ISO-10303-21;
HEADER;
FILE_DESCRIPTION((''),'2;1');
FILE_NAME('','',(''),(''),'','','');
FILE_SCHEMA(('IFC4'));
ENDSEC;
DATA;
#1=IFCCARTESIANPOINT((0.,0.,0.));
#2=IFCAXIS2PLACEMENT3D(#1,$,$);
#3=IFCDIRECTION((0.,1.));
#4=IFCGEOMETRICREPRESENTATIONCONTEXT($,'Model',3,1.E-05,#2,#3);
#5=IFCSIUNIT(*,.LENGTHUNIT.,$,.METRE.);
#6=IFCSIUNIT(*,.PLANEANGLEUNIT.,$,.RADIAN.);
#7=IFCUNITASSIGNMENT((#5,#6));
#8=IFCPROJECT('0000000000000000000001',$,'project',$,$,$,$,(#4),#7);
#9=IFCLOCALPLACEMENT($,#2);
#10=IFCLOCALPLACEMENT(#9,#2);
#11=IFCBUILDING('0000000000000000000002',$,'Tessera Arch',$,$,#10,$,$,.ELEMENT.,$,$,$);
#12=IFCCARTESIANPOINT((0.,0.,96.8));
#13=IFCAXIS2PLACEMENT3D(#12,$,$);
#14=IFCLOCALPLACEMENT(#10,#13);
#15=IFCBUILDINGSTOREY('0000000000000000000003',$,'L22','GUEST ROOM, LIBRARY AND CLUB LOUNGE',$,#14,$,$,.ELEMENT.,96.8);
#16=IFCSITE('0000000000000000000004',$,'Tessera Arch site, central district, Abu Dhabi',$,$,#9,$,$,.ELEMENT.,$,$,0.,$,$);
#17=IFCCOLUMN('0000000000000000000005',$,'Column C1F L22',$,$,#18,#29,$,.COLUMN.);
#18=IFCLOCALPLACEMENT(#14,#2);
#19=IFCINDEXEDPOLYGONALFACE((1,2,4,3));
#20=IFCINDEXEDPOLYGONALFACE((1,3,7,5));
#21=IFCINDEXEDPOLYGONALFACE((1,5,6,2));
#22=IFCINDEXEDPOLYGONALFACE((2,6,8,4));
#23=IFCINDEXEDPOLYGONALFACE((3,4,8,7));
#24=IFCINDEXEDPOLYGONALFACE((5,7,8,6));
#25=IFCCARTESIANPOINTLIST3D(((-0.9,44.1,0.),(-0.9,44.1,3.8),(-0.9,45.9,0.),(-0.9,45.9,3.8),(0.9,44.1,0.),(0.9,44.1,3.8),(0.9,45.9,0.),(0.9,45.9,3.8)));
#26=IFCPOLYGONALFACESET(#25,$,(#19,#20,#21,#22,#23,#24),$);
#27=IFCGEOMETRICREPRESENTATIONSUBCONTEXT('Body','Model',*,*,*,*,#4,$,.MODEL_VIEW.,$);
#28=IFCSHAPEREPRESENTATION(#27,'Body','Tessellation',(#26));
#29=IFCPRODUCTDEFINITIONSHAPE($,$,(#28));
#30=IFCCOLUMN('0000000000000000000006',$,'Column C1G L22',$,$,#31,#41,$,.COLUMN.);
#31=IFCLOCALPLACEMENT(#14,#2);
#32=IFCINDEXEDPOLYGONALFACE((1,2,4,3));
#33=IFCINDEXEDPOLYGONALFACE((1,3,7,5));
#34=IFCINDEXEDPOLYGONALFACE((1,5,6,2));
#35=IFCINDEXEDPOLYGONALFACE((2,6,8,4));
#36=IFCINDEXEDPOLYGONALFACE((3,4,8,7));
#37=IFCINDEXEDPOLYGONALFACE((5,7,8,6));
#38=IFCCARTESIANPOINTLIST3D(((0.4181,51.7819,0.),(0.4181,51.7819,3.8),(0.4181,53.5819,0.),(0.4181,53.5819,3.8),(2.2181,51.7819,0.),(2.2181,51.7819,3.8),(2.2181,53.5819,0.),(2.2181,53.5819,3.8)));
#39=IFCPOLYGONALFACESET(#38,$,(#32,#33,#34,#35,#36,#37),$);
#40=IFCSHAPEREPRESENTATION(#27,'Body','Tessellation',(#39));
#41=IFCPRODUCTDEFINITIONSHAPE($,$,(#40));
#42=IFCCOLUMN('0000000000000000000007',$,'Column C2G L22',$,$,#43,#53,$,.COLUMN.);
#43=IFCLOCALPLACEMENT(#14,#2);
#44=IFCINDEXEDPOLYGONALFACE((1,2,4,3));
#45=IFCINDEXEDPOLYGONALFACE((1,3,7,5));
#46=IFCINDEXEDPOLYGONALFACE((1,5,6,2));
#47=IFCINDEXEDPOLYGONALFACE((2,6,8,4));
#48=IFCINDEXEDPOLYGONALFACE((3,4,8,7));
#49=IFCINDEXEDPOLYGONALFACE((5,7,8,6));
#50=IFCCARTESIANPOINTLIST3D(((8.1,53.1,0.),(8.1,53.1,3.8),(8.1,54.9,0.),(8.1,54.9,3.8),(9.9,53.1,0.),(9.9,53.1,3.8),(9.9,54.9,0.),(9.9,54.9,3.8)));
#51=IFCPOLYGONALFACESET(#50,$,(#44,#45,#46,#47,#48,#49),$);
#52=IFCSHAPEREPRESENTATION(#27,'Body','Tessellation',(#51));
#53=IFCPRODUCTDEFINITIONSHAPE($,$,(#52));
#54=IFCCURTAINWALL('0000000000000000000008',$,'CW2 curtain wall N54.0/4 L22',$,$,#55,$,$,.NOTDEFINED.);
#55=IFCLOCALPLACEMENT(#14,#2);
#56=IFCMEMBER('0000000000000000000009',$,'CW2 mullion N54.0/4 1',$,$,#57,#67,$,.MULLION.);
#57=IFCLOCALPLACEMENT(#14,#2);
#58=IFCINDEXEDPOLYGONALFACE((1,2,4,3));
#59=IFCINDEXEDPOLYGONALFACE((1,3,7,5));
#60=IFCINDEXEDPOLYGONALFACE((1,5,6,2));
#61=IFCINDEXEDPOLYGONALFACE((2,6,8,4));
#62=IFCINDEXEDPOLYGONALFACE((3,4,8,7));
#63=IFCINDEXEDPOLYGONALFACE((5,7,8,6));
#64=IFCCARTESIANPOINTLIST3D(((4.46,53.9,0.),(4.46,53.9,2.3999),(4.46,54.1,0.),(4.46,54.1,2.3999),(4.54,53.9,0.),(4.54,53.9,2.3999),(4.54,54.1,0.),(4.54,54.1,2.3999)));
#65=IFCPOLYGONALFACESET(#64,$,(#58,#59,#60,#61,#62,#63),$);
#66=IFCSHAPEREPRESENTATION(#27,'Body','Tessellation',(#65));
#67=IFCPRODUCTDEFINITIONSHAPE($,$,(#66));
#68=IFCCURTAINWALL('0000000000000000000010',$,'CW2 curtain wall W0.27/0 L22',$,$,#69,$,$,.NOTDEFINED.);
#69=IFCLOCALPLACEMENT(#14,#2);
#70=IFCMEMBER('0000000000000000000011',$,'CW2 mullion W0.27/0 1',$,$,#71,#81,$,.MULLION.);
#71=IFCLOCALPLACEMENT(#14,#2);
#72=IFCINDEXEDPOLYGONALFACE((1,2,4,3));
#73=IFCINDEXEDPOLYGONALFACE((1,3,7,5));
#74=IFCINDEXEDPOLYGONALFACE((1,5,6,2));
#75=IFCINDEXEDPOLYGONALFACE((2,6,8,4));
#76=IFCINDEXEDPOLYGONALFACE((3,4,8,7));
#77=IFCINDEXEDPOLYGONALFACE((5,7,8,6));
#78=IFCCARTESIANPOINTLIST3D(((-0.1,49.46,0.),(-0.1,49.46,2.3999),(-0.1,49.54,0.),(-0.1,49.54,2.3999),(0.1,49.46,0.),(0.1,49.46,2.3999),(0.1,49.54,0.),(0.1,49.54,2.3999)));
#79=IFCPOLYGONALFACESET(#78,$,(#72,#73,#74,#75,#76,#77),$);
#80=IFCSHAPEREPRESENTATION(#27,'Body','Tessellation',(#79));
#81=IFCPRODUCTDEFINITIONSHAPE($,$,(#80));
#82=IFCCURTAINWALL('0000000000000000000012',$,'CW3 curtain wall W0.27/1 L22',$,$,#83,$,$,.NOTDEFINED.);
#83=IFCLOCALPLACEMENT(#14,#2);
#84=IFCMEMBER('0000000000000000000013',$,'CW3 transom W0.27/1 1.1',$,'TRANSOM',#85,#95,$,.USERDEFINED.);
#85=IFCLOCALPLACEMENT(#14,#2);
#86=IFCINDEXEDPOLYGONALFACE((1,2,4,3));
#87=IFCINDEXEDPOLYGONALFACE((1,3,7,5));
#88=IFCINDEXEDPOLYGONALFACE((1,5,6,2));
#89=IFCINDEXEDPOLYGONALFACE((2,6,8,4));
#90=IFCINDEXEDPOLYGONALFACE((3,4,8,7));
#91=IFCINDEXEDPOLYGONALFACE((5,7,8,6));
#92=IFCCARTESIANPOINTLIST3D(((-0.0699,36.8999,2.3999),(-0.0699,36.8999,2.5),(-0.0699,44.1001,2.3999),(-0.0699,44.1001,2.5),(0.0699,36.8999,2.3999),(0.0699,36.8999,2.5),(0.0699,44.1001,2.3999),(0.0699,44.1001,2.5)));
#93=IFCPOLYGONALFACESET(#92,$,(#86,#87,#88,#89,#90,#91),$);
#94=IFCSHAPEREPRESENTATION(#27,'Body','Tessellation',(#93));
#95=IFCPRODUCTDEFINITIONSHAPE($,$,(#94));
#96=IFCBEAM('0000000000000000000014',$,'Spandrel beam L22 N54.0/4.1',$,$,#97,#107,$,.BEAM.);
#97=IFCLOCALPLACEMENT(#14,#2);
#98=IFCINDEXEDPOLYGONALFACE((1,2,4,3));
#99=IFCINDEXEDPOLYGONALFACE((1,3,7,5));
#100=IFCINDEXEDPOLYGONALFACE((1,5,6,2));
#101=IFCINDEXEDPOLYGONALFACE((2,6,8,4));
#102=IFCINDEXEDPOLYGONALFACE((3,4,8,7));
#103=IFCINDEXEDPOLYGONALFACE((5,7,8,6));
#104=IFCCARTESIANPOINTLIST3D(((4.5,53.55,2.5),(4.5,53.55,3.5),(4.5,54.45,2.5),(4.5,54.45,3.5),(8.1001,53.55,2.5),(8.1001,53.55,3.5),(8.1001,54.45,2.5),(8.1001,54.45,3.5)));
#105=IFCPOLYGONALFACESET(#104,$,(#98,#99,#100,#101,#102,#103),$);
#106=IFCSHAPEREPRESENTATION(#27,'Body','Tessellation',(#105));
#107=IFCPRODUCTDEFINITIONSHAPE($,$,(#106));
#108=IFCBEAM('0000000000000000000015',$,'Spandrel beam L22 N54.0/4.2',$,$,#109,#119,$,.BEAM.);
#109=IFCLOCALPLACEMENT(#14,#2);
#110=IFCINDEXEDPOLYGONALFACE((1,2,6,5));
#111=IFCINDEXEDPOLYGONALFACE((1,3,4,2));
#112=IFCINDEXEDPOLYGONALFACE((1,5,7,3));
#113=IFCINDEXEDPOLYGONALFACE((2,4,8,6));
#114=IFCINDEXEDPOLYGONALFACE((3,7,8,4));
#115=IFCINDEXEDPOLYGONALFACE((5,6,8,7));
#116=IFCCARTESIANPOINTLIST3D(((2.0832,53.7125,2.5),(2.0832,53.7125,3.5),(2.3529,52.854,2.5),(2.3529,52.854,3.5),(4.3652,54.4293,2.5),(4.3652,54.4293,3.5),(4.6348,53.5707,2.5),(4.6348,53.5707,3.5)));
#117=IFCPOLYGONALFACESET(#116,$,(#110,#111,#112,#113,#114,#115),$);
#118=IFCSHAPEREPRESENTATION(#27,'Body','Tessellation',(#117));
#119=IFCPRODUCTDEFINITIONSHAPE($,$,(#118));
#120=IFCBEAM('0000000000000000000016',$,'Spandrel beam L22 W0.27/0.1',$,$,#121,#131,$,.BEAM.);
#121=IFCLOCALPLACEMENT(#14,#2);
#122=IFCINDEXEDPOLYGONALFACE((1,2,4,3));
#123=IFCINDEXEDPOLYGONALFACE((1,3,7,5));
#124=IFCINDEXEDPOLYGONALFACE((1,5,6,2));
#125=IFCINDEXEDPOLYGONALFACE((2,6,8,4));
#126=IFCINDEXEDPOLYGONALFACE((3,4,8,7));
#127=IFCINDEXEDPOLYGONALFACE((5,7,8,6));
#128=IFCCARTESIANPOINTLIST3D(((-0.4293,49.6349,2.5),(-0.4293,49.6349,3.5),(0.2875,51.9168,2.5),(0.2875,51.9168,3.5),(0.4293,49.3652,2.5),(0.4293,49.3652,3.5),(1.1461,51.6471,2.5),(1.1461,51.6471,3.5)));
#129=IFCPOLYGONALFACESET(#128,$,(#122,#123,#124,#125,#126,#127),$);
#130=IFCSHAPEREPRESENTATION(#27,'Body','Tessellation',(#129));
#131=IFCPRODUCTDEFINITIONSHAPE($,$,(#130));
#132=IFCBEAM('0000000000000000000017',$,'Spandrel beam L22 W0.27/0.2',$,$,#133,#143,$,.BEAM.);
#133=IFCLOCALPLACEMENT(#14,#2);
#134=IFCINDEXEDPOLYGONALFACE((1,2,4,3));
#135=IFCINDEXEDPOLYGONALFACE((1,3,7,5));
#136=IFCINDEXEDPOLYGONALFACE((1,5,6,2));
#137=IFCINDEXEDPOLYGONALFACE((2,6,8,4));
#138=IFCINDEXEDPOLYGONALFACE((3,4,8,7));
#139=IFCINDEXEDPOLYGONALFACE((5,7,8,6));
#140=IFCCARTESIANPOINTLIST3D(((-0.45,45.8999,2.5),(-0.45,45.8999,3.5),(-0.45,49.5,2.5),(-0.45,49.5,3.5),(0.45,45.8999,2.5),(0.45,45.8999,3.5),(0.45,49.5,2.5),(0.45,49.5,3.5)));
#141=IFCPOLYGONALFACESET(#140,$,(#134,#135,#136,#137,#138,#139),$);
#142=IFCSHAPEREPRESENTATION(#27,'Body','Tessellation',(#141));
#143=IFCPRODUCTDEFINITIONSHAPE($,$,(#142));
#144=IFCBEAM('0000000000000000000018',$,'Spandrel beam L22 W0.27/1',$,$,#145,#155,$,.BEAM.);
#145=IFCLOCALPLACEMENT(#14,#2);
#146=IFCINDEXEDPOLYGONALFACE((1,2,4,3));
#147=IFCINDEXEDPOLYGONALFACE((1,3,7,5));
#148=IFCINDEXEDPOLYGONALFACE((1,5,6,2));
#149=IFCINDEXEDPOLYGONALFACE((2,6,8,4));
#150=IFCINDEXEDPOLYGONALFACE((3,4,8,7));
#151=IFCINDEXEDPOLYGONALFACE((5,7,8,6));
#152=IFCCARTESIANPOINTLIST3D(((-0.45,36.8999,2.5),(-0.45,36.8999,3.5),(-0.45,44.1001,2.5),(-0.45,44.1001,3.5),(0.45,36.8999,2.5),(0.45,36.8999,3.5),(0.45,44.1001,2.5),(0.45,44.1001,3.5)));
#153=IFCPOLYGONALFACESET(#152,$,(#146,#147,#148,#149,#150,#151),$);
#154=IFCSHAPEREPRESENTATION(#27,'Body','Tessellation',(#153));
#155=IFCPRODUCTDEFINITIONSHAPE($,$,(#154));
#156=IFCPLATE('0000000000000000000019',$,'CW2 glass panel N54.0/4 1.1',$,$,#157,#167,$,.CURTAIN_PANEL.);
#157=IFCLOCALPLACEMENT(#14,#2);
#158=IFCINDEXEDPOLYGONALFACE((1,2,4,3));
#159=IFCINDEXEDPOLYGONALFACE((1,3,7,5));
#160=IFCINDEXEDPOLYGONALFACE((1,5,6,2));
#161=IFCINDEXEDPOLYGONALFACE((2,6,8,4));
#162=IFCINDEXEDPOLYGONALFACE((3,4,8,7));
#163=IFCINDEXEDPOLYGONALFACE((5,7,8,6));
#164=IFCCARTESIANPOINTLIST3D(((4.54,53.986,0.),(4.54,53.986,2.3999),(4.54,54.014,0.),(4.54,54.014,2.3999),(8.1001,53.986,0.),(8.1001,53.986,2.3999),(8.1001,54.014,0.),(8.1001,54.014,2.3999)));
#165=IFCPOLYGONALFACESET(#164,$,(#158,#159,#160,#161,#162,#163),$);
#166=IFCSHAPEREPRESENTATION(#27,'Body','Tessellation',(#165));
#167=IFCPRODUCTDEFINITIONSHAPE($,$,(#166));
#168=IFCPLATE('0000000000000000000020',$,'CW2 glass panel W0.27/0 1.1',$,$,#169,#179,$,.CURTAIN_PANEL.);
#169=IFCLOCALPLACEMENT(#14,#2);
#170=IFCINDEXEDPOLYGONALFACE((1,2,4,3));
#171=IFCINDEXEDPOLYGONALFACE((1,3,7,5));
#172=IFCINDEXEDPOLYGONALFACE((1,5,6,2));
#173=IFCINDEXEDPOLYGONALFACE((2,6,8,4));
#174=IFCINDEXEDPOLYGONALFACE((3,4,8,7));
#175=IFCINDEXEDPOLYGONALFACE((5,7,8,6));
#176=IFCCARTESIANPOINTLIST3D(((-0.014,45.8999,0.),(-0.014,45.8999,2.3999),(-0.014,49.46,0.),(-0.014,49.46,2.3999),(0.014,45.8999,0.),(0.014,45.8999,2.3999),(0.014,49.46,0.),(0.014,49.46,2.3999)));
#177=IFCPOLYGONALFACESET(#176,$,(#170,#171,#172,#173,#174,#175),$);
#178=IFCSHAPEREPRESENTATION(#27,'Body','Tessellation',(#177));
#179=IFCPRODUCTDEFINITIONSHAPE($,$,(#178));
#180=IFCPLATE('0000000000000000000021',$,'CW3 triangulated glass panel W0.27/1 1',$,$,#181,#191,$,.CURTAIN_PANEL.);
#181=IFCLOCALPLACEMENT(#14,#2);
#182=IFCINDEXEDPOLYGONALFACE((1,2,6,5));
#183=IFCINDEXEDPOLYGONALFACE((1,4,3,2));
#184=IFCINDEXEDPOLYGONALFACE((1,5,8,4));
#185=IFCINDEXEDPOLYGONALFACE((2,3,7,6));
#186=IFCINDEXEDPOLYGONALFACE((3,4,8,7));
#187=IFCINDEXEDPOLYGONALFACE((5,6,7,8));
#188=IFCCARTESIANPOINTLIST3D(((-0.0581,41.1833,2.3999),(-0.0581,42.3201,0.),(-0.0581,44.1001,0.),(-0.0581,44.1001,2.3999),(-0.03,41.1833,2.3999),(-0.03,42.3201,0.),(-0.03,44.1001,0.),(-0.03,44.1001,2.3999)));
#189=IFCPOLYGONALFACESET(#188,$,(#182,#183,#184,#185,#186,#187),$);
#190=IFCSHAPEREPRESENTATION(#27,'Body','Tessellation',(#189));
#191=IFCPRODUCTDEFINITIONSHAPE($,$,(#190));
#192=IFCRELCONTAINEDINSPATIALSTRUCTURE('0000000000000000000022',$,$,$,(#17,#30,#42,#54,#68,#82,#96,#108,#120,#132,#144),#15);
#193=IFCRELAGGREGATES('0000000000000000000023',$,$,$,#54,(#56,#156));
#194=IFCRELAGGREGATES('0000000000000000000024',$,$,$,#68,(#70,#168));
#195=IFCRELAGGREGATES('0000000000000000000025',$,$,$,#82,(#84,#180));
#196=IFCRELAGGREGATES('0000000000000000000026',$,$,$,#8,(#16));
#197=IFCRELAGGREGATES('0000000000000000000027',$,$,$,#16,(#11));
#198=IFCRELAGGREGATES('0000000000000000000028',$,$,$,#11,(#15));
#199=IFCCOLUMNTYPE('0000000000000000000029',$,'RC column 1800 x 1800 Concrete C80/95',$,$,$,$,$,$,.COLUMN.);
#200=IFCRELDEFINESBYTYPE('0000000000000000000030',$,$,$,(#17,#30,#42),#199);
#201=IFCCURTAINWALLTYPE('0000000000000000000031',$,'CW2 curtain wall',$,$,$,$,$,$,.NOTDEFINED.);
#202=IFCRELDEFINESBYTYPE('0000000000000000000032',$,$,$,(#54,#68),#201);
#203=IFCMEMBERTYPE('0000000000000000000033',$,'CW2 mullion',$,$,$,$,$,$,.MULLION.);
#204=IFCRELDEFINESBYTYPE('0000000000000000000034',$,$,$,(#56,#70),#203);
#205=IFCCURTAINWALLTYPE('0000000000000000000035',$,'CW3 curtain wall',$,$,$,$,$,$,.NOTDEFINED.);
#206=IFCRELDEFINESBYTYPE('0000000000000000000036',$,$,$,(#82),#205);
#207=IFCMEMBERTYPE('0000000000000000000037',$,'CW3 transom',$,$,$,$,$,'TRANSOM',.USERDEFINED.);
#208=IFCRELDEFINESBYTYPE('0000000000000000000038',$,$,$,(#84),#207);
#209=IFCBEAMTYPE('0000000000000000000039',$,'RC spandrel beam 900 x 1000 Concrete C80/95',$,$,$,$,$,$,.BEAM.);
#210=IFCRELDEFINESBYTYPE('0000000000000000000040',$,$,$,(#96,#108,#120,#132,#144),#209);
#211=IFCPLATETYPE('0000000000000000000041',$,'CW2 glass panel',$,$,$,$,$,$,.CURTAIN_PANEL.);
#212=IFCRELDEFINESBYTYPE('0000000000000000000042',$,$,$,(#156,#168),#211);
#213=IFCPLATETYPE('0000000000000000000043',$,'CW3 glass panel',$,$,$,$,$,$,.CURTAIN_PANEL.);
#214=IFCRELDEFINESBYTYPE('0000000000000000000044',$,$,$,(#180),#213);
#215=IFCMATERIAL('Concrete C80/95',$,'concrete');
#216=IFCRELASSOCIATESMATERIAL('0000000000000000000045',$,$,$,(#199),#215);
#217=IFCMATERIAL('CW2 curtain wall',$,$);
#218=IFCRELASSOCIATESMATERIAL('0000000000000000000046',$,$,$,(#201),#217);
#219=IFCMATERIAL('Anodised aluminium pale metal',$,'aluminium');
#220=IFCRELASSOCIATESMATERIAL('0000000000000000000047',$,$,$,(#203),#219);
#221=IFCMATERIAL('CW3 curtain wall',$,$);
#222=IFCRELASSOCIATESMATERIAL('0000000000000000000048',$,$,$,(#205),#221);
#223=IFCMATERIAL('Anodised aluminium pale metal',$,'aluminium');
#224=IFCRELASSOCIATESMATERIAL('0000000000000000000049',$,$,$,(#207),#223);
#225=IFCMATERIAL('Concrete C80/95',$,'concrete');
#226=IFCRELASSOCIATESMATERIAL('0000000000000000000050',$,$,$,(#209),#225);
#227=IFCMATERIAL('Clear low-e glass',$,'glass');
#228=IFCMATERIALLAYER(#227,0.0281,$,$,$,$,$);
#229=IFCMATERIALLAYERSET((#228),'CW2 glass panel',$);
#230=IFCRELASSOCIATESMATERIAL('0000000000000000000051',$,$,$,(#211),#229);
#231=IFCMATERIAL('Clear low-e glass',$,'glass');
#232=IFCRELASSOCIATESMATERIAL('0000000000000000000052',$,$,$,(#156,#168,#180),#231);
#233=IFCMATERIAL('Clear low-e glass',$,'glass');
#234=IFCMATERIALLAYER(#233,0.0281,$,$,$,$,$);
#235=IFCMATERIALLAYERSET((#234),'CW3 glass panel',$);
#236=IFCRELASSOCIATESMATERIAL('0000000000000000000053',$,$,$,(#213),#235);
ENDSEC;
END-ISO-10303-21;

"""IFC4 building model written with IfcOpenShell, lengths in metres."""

from ifc_helpers import new_model, si_unit, direction, frame, origin, origin_2d, place, context, subcontext, project, spatial, polyline, rectangle, outline, extrude, material, layer, layer_set, material_profile, profile_set, type_object, element, aggregate, save


model = new_model("IFC4")

# Units and contexts
model_context = context("Model", 3, precision=1e-05, world=origin(), true_north=direction((0.0, 1.0)))
body_context = subcontext(model_context, "Body", "Model", "MODEL_VIEW")
ifc_project = project(units=[si_unit("LENGTHUNIT", "METRE"), si_unit("PLANEANGLEUNIT", "RADIAN")], contexts=[model_context])

# Site, building, storey
site_placement = place(None, origin())
site = spatial("IfcSite", under=ifc_project, at=site_placement, Name="Tessera Arch site, central district, Abu Dhabi", CompositionType="ELEMENT", RefElevation=0.0)
building_placement = place(site_placement, origin())
building = spatial("IfcBuilding", under=site, at=building_placement, Name="Tessera Arch", CompositionType="ELEMENT")
storey_placement = place(building_placement, frame((0.0, 0.0, 96.8)))
storey = spatial("IfcBuildingStorey", under=building, at=storey_placement, Name="L22", Description="GUEST ROOM, LIBRARY AND CLUB LOUNGE", CompositionType="ELEMENT", Elevation=96.8)

# Columns
ifc_material_1 = material(Name="Concrete C80/95", Category="concrete")
ifc_material_profile_1 = material_profile(ifc_material_1, rectangle(XDim=1.8, YDim=1.8, at=origin_2d()), Name="RC column 1800 x 1800 Concrete C80/95")
ifc_profile_set_1 = profile_set([ifc_material_profile_1], Name="Concrete C80/95")
column_type = type_object("IfcColumnType", Name="RC column 1800 x 1800 Concrete C80/95", PredefinedType="COLUMN", material=ifc_profile_set_1)
for number, where, z_axis, x_axis, name in (
    (1, (0.0, 45.0, 0.0), (0.0, 0.0, 1.0), (1.0, 0.0, 0.0), "Column C1F L22"),
    (2, (1.3181, 52.6819, 0.0), (0.0, 0.0, 1.0), (1.0, 0.0, 0.0), "Column C1G L22"),
    (3, (9.0, 54.0, 0.0), (0.0, 0.0, 1.0), (1.0, 0.0, 0.0), "Column C2G L22"),
):
    element("IfcColumn", number, at=place(storey_placement, frame(where, z_axis=z_axis, x_axis=x_axis)), inside=storey, type_object=column_type, Name=name, PredefinedType="COLUMN", context=body_context, shape_type="SweptSolid", body=[
        extrude(rectangle(XDim=1.8, YDim=1.8, at=origin_2d()), origin(), (0.0, 0.0, 1.0), 3.8),
    ])

# Curtain walls, members
ifc_material_2 = material(Name="CW2 curtain wall")
curtain_wall_type_1 = type_object("IfcCurtainWallType", Name="CW2 curtain wall", PredefinedType="NOTDEFINED", material=ifc_material_2)
curtain_wall_1_placement = place(storey_placement, origin())
curtain_wall_1 = element("IfcCurtainWall", 4, at=curtain_wall_1_placement, inside=storey, type_object=curtain_wall_type_1, Name="CW2 curtain wall N54.0/4 L22", PredefinedType="NOTDEFINED")
ifc_material_3 = material(Name="Anodised aluminium pale metal", Category="aluminium")
ifc_material_profile_2 = material_profile(ifc_material_3, rectangle(XDim=0.2, YDim=0.0801, at=origin_2d()), Name="AL 80x200")
ifc_profile_set_2 = profile_set([ifc_material_profile_2], Name="Anodised aluminium pale metal")
member_type_1 = type_object("IfcMemberType", Name="CW2 mullion", PredefinedType="MULLION", material=ifc_profile_set_2)
member_1_placement = place(storey_placement, frame((4.5, 54.0, 0.0), z_axis=(0.0, 0.0, 1.0), x_axis=(0.0, -1.0, 0.0)))
member_1 = element("IfcMember", 5, at=member_1_placement, type_object=member_type_1, Name="CW2 mullion N54.0/4 1", PredefinedType="MULLION", context=body_context, shape_type="SweptSolid", body=[
    extrude(rectangle(XDim=0.2, YDim=0.0801, at=origin_2d()), origin(), (0.0, 0.0, 1.0), 2.3999),
])
curtain_wall_2_placement = place(storey_placement, origin())
curtain_wall_2 = element("IfcCurtainWall", 6, at=curtain_wall_2_placement, inside=storey, type_object=curtain_wall_type_1, Name="CW2 curtain wall W0.27/0 L22", PredefinedType="NOTDEFINED")
member_2_placement = place(storey_placement, frame((0.0, 49.5, 0.0), z_axis=(0.0, 0.0, 1.0), x_axis=(1.0, 0.0, 0.0)))
member_2 = element("IfcMember", 7, at=member_2_placement, type_object=member_type_1, Name="CW2 mullion W0.27/0 1", PredefinedType="MULLION", context=body_context, shape_type="SweptSolid", body=[
    extrude(rectangle(XDim=0.2, YDim=0.0801, at=origin_2d()), origin(), (0.0, 0.0, 1.0), 2.3999),
])
ifc_material_4 = material(Name="CW3 curtain wall")
curtain_wall_type_2 = type_object("IfcCurtainWallType", Name="CW3 curtain wall", PredefinedType="NOTDEFINED", material=ifc_material_4)
curtain_wall_3_placement = place(storey_placement, origin())
curtain_wall_3 = element("IfcCurtainWall", 8, at=curtain_wall_3_placement, inside=storey, type_object=curtain_wall_type_2, Name="CW3 curtain wall W0.27/1 L22", PredefinedType="NOTDEFINED")
ifc_material_5 = material(Name="Anodised aluminium pale metal", Category="aluminium")
ifc_material_profile_3 = material_profile(ifc_material_5, rectangle(XDim=0.1399, YDim=0.1001, at=origin_2d()), Name="AL 140x100")
ifc_profile_set_3 = profile_set([ifc_material_profile_3], Name="Anodised aluminium pale metal")
member_type_2 = type_object("IfcMemberType", Name="CW3 transom", ElementType="TRANSOM", PredefinedType="USERDEFINED", material=ifc_profile_set_3)
member_3_placement = place(storey_placement, frame((0.0, 44.1001, 2.45), z_axis=(0.0, -1.0, 0.0), x_axis=(1.0, 0.0, 0.0)))
member_3 = element("IfcMember", 9, at=member_3_placement, type_object=member_type_2, Name="CW3 transom W0.27/1 1.1", ObjectType="TRANSOM", PredefinedType="USERDEFINED", context=body_context, shape_type="SweptSolid", body=[
    extrude(rectangle(XDim=0.1399, YDim=0.1001, at=origin_2d()), origin(), (0.0, 0.0, 1.0), 7.2002),
])

# Beams
ifc_material_6 = material(Name="Concrete C80/95", Category="concrete")
ifc_material_profile_4 = material_profile(ifc_material_6, rectangle(XDim=0.8999, YDim=1.0, at=origin_2d()), Name="RC spandrel beam 900 x 1000 Concrete C80/95")
ifc_profile_set_4 = profile_set([ifc_material_profile_4], Name="Concrete C80/95")
beam_type = type_object("IfcBeamType", Name="RC spandrel beam 900 x 1000 Concrete C80/95", PredefinedType="BEAM", material=ifc_profile_set_4)
beam_1_placement = place(storey_placement, frame((8.1001, 54.0, 3.0), z_axis=(-1.0, 0.0, 0.0), x_axis=(0.0, -1.0, 0.0)))
element("IfcBeam", 10, at=beam_1_placement, inside=storey, type_object=beam_type, Name="Spandrel beam L22 N54.0/4.1", PredefinedType="BEAM", context=body_context, shape_type="SweptSolid", body=[
    extrude(rectangle(XDim=0.8999, YDim=1.0, at=origin_2d()), origin(), (0.0, 0.0, 1.0), 3.6001),
])
for number, where, z_axis, x_axis, name in (
    (11, (4.5, 54.0, 3.0), (-0.954041, -0.299675, 0.0), (0.299675, -0.954041, 0.0), "Spandrel beam L22 N54.0/4.2"),
    (12, (0.7168, 51.782, 3.0), (-0.299675, -0.954041, 0.0), (0.954041, -0.299675, 0.0), "Spandrel beam L22 W0.27/0.1"),
):
    element("IfcBeam", number, at=place(storey_placement, frame(where, z_axis=z_axis, x_axis=x_axis)), inside=storey, type_object=beam_type, Name=name, PredefinedType="BEAM", context=body_context, shape_type="SweptSolid", body=[
        extrude(rectangle(XDim=0.8999, YDim=1.0, at=origin_2d()), origin(), (0.0, 0.0, 1.0), 2.3918),
    ])
beam_2_placement = place(storey_placement, frame((0.0, 49.5, 3.0), z_axis=(0.0, -1.0, 0.0), x_axis=(1.0, 0.0, 0.0)))
element("IfcBeam", 13, at=beam_2_placement, inside=storey, type_object=beam_type, Name="Spandrel beam L22 W0.27/0.2", PredefinedType="BEAM", context=body_context, shape_type="SweptSolid", body=[
    extrude(rectangle(XDim=0.8999, YDim=1.0, at=origin_2d()), origin(), (0.0, 0.0, 1.0), 3.6001),
])
beam_3_placement = place(storey_placement, frame((0.0, 44.1001, 3.0), z_axis=(0.0, -1.0, 0.0), x_axis=(1.0, 0.0, 0.0)))
element("IfcBeam", 14, at=beam_3_placement, inside=storey, type_object=beam_type, Name="Spandrel beam L22 W0.27/1", PredefinedType="BEAM", context=body_context, shape_type="SweptSolid", body=[
    extrude(rectangle(XDim=0.8999, YDim=1.0, at=origin_2d()), origin(), (0.0, 0.0, 1.0), 7.2002),
])

# Plates
ifc_material_7 = material(Name="Clear low-e glass", Category="glass")
ifc_material_8 = material(Name="Clear low-e glass", Category="glass")
ifc_layer_1 = layer(ifc_material_8, 0.0281)
ifc_layer_set_1 = layer_set([ifc_layer_1], Name="CW2 glass panel")
plate_type_1 = type_object("IfcPlateType", Name="CW2 glass panel", PredefinedType="CURTAIN_PANEL", material=ifc_layer_set_1)
plate_1_placement = place(storey_placement, frame((6.3201, 54.0, 0.0), z_axis=(0.0, 0.0, 1.0), x_axis=(-1.0, 0.0, 0.0)))
plate_1 = element("IfcPlate", 15, at=plate_1_placement, type_object=plate_type_1, material=ifc_material_7, Name="CW2 glass panel N54.0/4 1.1", PredefinedType="CURTAIN_PANEL", context=body_context, shape_type="SweptSolid", body=[
    extrude(rectangle(XDim=3.5601, YDim=0.0281, at=origin_2d()), origin(), (0.0, 0.0, 1.0), 2.3999),
])
aggregate(curtain_wall_1, [member_1, plate_1])
plate_2_placement = place(storey_placement, frame((0.0, 47.6799, 0.0), z_axis=(0.0, 0.0, 1.0), x_axis=(0.0, -1.0, 0.0)))
plate_2 = element("IfcPlate", 16, at=plate_2_placement, type_object=plate_type_1, material=ifc_material_7, Name="CW2 glass panel W0.27/0 1.1", PredefinedType="CURTAIN_PANEL", context=body_context, shape_type="SweptSolid", body=[
    extrude(rectangle(XDim=3.5601, YDim=0.0281, at=origin_2d()), origin(), (0.0, 0.0, 1.0), 2.3999),
])
aggregate(curtain_wall_2, [member_2, plate_2])
ifc_material_9 = material(Name="Clear low-e glass", Category="glass")
ifc_layer_2 = layer(ifc_material_9, 0.0281)
ifc_layer_set_2 = layer_set([ifc_layer_2], Name="CW3 glass panel")
plate_type_2 = type_object("IfcPlateType", Name="CW3 glass panel", PredefinedType="CURTAIN_PANEL", material=ifc_layer_set_2)
plate_3_placement = place(storey_placement, frame((-0.0581, 44.1001, 0.0), z_axis=(-1.0, 0.0, 0.0), x_axis=(0.0, -1.0, 0.0)))
plate_3 = element("IfcPlate", 17, at=plate_3_placement, type_object=plate_type_2, material=ifc_material_7, Name="CW3 triangulated glass panel W0.27/1 1", PredefinedType="CURTAIN_PANEL", context=body_context, shape_type="SweptSolid", body=[
    extrude(outline(polyline([(0.0, 0.0), (1.78, 0.0), (2.9167, 2.3999), (0.0, 2.3999), (0.0, 0.0)])), origin(), (0.0, 0.0, -1.0), 0.0281),
])
aggregate(curtain_wall_3, [member_3, plate_3])

save(model, "model.ifc")
